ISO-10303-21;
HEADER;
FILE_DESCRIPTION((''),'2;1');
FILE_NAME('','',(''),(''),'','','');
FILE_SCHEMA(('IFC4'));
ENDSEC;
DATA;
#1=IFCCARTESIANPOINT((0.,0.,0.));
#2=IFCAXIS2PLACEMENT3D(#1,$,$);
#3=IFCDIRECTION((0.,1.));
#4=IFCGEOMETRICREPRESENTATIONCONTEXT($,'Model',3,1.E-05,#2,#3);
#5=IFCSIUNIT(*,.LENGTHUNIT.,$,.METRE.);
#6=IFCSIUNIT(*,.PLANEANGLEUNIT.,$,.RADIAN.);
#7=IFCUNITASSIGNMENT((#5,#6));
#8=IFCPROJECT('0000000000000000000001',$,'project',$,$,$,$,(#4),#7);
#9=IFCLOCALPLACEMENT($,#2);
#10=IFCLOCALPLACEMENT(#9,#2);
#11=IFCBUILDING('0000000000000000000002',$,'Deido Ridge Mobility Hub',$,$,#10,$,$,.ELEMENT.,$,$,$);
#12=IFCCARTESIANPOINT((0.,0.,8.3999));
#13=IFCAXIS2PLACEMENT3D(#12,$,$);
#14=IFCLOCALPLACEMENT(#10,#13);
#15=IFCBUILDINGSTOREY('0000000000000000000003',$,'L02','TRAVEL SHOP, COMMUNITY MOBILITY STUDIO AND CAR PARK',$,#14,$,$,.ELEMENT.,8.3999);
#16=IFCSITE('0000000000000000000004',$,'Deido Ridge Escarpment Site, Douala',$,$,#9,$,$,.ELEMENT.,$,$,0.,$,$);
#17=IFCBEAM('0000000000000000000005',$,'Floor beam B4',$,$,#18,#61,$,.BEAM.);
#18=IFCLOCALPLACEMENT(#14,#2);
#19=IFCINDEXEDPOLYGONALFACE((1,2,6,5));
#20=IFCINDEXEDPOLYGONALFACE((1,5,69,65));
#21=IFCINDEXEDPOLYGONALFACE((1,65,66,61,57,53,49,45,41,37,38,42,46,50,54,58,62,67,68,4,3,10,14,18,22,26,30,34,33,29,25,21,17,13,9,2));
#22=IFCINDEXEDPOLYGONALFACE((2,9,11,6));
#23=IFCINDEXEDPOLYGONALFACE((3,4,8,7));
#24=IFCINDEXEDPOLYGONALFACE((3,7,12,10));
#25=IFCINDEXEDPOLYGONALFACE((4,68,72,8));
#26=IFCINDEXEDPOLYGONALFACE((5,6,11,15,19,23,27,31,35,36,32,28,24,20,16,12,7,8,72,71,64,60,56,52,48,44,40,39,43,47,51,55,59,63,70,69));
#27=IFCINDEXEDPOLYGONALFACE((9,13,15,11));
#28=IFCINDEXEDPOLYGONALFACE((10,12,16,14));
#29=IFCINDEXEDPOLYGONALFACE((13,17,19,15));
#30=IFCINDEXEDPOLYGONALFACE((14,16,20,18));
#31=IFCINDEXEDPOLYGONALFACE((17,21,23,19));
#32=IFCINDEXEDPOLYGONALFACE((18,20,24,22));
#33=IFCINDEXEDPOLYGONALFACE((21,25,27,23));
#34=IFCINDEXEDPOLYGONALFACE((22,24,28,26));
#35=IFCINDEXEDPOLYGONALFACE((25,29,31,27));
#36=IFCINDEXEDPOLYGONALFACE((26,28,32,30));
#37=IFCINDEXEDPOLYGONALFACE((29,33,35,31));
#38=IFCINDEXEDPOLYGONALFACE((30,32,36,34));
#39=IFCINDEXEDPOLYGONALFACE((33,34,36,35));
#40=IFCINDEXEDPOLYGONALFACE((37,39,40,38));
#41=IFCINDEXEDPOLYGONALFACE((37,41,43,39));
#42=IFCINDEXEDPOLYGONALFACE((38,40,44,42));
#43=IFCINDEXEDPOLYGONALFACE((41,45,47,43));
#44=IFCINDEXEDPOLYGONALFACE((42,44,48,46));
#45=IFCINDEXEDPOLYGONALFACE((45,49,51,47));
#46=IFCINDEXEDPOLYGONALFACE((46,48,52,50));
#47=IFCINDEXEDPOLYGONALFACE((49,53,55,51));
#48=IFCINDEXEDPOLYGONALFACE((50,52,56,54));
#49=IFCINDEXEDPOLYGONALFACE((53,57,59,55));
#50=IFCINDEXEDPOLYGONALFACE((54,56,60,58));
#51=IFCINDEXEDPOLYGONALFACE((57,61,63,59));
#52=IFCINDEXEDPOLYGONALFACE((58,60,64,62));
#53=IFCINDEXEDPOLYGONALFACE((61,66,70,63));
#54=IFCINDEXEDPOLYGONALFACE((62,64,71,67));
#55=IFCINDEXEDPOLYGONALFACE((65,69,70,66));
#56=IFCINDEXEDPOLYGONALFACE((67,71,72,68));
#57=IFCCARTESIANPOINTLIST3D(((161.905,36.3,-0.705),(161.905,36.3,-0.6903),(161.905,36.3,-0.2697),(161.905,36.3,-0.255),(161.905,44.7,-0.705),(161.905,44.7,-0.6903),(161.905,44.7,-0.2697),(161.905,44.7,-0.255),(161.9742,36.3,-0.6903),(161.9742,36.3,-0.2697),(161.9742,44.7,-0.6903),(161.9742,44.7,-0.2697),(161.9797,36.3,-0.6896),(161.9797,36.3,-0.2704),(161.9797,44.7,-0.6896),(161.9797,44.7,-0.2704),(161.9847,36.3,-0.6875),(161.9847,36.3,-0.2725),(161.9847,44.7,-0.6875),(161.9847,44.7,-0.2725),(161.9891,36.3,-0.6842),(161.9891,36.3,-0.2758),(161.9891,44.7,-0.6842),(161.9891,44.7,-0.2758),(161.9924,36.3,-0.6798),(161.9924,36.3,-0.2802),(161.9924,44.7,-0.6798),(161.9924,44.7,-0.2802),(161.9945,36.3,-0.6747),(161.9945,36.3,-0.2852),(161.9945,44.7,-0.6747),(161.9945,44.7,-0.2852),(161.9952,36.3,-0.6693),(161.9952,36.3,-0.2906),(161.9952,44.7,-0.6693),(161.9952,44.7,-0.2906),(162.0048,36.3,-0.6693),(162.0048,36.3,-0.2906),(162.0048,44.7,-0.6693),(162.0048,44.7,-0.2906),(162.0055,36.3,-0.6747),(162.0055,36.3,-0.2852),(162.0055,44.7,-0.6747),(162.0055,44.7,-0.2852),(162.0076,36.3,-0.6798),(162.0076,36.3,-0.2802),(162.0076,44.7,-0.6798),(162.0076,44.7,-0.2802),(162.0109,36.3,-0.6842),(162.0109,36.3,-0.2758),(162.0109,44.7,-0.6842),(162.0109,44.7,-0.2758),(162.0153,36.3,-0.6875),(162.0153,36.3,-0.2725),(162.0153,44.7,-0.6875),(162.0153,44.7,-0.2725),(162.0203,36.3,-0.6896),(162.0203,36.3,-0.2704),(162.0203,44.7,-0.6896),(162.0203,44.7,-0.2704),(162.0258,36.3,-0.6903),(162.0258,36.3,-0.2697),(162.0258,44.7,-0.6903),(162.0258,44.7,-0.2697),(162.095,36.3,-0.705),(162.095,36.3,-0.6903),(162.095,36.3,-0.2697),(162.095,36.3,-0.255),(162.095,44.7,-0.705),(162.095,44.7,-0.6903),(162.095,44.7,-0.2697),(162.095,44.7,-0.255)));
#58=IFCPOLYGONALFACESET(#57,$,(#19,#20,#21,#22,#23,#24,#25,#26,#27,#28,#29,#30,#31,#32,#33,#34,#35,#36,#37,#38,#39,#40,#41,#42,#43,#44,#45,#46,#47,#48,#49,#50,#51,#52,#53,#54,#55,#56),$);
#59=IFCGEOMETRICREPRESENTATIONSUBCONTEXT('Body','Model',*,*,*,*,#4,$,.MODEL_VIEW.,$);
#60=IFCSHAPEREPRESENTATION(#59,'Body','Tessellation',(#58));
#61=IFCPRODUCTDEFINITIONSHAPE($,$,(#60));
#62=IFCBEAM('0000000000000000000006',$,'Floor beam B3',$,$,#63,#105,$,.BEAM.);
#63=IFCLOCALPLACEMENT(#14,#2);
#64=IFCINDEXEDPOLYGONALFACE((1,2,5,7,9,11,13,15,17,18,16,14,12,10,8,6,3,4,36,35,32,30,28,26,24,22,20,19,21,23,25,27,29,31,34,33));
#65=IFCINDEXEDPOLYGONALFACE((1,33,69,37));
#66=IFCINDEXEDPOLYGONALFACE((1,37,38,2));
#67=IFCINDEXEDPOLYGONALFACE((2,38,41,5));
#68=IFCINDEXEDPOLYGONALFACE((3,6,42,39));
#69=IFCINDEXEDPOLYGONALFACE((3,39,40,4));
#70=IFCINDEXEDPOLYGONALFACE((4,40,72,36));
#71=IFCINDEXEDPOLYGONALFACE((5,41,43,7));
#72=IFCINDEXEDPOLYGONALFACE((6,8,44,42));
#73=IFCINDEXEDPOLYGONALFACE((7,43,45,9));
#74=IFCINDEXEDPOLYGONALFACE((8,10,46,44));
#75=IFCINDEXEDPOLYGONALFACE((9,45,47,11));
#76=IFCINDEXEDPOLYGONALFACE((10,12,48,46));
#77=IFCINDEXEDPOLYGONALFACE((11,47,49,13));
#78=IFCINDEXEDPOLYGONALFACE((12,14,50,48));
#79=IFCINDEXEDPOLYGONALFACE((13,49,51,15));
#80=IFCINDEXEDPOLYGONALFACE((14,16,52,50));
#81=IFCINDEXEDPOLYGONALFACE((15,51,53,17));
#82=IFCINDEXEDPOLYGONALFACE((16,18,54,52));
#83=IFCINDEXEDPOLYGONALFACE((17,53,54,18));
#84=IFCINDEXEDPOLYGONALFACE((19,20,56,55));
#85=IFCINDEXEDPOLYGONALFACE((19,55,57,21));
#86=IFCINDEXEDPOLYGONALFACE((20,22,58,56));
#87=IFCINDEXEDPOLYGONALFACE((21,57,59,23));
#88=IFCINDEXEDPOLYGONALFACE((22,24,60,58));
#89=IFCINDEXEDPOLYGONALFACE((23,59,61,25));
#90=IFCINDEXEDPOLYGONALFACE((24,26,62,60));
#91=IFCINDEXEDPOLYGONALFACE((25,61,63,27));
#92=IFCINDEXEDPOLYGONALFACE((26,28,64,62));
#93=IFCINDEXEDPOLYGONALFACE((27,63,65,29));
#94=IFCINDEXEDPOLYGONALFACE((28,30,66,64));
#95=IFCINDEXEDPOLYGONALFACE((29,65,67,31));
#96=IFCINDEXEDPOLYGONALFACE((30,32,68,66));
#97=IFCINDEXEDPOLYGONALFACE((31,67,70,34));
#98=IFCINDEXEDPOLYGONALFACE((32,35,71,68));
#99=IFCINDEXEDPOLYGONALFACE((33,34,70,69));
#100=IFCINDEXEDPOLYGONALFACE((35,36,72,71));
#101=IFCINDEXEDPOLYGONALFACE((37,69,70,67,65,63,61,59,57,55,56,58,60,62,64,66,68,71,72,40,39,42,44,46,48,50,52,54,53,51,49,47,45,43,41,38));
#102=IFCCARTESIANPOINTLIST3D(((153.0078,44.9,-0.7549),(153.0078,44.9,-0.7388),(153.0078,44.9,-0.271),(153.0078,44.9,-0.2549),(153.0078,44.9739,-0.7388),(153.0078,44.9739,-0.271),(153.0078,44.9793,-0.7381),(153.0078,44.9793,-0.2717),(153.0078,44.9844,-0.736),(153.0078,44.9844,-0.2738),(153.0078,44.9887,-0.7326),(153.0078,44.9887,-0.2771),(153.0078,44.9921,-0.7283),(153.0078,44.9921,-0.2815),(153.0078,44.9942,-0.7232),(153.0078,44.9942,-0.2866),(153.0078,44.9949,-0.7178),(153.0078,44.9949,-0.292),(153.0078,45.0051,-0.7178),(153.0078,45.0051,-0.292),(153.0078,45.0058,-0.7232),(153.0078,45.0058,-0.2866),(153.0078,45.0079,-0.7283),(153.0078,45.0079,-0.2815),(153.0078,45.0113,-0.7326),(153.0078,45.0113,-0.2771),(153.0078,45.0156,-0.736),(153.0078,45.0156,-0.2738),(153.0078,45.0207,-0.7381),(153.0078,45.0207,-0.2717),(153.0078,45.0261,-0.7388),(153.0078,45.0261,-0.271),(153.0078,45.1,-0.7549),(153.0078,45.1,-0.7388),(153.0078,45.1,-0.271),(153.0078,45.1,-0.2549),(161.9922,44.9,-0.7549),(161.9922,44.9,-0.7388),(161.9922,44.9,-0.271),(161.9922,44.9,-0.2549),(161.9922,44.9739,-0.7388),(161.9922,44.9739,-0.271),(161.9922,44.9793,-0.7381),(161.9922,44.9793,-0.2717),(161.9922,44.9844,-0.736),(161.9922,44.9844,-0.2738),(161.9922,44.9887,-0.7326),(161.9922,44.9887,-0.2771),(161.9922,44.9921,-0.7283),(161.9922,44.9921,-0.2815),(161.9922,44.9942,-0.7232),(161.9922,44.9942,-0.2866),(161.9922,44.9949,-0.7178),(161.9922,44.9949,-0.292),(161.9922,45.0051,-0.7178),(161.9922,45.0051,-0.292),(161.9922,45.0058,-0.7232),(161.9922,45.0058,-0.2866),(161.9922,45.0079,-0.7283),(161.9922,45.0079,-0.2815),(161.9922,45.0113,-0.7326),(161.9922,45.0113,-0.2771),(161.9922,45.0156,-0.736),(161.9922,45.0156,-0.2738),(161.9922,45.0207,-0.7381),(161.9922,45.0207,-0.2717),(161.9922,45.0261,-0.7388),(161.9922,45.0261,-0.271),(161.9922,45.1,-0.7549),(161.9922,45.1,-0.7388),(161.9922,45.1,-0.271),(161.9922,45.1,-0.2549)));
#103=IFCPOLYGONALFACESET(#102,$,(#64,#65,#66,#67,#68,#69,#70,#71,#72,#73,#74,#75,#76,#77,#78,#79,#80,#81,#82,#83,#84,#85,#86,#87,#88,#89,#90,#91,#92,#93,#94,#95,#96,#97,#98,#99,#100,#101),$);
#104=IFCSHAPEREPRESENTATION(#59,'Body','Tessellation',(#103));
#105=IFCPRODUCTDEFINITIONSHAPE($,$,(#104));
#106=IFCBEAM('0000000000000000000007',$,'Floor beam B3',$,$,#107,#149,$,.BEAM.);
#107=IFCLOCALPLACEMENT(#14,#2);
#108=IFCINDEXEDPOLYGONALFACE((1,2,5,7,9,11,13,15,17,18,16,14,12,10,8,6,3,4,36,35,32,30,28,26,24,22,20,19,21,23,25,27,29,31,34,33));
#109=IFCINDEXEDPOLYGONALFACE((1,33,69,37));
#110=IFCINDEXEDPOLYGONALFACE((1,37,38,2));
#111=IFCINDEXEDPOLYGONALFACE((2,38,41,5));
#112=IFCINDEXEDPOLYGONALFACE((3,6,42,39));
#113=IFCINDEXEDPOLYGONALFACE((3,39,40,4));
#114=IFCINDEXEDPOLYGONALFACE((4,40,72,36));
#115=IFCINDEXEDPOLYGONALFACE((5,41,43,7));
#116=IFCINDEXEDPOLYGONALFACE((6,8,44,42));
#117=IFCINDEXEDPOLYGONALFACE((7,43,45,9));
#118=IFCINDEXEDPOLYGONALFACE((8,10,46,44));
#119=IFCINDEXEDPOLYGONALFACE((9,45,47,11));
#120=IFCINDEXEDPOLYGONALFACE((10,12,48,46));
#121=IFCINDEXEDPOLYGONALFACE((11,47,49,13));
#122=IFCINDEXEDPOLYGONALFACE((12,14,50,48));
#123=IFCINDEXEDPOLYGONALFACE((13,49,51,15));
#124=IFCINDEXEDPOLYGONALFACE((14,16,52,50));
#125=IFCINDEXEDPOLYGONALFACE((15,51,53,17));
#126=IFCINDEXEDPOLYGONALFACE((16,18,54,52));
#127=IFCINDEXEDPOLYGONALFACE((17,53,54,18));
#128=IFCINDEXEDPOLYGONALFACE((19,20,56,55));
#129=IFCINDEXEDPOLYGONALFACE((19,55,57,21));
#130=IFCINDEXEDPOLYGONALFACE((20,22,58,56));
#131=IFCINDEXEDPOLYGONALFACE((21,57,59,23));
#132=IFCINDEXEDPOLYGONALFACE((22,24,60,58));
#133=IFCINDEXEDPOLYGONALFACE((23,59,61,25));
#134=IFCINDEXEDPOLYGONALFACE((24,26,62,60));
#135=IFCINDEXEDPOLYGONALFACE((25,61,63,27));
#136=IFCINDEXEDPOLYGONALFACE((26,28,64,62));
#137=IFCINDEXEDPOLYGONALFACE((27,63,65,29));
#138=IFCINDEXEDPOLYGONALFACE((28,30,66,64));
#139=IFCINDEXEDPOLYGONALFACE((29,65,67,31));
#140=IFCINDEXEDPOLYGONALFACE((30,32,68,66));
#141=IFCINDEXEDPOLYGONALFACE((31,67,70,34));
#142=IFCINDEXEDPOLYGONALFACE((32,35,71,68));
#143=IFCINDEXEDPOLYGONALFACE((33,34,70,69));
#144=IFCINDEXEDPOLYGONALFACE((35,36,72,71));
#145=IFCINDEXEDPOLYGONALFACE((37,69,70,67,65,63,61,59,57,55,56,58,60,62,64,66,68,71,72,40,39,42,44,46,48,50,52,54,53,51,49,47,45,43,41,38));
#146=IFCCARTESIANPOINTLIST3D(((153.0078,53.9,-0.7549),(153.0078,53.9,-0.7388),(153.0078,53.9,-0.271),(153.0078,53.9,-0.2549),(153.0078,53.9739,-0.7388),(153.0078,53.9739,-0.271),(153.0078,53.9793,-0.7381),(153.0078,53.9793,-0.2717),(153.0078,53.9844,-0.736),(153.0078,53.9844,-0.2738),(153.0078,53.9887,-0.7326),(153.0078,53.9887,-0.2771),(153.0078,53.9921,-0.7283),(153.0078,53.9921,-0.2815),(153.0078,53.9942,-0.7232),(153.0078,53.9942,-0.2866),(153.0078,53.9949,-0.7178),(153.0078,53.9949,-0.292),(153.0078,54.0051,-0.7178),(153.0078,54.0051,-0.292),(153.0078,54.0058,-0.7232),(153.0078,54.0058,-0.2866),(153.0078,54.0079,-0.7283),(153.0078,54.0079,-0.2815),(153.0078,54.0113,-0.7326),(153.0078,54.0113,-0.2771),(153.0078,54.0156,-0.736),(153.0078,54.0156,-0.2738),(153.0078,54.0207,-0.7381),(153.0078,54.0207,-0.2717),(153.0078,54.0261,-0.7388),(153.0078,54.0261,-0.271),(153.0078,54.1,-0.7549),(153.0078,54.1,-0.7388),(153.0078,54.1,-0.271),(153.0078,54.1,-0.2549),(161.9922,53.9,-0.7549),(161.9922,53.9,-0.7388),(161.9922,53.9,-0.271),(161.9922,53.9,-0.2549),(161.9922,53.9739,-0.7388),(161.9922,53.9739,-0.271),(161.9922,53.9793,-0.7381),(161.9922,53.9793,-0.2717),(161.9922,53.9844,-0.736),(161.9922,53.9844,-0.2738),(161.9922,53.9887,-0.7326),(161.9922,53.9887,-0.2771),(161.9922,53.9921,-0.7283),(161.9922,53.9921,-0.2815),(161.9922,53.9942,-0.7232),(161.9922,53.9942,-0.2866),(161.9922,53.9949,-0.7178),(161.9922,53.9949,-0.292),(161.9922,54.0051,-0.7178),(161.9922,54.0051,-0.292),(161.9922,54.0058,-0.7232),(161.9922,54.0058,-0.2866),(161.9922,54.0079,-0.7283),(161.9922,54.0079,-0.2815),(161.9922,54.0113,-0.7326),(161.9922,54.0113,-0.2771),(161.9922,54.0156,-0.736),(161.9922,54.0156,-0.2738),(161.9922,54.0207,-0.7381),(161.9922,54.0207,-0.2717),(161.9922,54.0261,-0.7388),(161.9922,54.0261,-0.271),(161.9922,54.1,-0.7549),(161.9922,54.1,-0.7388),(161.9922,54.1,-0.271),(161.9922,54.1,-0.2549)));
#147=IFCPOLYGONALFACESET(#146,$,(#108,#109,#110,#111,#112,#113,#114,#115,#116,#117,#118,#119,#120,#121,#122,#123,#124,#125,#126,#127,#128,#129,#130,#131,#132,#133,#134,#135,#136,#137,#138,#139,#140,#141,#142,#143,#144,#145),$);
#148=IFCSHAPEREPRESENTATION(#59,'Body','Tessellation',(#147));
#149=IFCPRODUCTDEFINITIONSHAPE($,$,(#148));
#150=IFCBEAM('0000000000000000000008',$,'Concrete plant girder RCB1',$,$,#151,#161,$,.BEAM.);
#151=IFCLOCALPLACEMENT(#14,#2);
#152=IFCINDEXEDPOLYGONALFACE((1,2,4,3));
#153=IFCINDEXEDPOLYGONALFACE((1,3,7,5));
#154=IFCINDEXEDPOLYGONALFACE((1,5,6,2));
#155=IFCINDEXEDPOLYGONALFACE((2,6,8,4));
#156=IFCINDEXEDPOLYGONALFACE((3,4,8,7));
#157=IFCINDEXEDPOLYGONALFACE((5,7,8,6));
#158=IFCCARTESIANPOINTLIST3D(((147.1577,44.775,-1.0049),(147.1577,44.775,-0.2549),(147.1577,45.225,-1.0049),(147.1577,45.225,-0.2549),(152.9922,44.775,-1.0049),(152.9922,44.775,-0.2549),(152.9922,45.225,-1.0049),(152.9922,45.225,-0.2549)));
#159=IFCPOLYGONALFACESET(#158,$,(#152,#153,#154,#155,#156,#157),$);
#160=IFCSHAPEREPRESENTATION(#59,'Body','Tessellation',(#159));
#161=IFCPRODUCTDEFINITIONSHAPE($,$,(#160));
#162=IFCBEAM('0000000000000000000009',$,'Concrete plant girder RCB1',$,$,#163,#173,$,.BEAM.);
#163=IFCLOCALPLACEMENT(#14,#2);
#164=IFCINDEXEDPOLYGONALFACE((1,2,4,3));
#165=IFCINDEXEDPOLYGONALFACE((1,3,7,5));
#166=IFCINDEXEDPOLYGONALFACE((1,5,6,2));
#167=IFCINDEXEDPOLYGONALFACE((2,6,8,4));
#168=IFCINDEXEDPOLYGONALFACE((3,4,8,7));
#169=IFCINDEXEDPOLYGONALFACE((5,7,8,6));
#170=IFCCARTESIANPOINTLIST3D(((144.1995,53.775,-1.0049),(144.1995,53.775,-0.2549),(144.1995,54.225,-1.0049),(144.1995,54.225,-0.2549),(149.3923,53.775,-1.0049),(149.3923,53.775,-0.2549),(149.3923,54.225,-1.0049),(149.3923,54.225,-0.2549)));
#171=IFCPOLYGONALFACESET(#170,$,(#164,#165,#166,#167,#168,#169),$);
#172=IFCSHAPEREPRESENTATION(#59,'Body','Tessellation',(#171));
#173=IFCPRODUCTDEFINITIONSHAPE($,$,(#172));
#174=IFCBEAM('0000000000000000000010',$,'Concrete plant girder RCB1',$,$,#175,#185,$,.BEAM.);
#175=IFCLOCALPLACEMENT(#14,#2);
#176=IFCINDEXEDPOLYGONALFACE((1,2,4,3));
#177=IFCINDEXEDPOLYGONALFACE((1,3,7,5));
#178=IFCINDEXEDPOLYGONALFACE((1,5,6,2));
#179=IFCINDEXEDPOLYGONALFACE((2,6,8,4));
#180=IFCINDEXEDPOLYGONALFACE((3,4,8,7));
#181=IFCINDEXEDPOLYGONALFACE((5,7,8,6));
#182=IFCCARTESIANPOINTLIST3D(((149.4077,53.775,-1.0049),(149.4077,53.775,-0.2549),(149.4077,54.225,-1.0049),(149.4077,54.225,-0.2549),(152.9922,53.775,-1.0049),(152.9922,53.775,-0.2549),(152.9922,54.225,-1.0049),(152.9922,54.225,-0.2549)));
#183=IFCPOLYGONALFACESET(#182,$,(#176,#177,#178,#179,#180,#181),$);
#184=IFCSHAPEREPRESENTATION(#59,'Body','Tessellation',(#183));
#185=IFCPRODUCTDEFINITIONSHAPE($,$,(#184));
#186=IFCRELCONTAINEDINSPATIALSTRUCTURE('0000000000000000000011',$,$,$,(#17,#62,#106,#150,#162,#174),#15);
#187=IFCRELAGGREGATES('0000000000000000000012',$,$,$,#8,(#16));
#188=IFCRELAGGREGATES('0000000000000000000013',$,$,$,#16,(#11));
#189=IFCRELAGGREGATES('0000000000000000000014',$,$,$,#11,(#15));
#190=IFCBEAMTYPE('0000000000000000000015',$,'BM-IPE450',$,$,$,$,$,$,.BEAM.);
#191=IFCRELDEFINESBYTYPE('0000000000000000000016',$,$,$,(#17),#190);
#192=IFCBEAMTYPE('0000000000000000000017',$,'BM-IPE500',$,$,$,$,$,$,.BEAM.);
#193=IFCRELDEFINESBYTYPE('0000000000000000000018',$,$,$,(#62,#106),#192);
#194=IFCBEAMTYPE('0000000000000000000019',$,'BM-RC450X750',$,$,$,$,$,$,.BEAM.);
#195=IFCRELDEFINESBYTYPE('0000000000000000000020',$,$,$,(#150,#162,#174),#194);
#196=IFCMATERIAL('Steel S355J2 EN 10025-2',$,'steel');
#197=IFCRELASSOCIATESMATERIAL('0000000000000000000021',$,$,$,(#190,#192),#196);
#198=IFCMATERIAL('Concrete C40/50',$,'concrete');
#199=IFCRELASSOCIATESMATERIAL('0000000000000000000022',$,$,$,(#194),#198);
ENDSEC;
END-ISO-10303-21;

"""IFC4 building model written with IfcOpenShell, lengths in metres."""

from ifc_helpers import new_model, si_unit, direction, frame, origin, origin_2d, place, context, subcontext, project, spatial, rectangle, i_section, extrude, material, material_profile, profile_set, type_object, element, save


model = new_model("IFC4")

# Units and contexts
model_context = context("Model", 3, precision=1e-05, world=origin(), true_north=direction((0.0, 1.0)))
body_context = subcontext(model_context, "Body", "Model", "MODEL_VIEW")
ifc_project = project(units=[si_unit("LENGTHUNIT", "METRE"), si_unit("PLANEANGLEUNIT", "RADIAN")], contexts=[model_context])

# Site, building, storey
site_placement = place(None, origin())
site = spatial("IfcSite", under=ifc_project, at=site_placement, Name="Deido Ridge Escarpment Site, Douala", CompositionType="ELEMENT", RefElevation=0.0)
building_placement = place(site_placement, origin())
building = spatial("IfcBuilding", under=site, at=building_placement, Name="Deido Ridge Mobility Hub", CompositionType="ELEMENT")
storey_placement = place(building_placement, frame((0.0, 0.0, 8.3999)))
storey = spatial("IfcBuildingStorey", under=building, at=storey_placement, Name="L02", Description="TRAVEL SHOP, COMMUNITY MOBILITY STUDIO AND CAR PARK", CompositionType="ELEMENT", Elevation=8.3999)

# Shared definitions
ifc_material_1 = material(Name="Steel S355J2 EN 10025-2", Category="steel")

# Beams
ifc_material_profile_1 = material_profile(ifc_material_1, i_section(OverallWidth=0.1899, OverallDepth=0.45, WebThickness=0.0095, FlangeThickness=0.0146, FilletRadius=0.021, at=origin_2d()), Name="IPE 450")
ifc_profile_set_1 = profile_set([ifc_material_profile_1], Name="Steel S355J2 EN 10025-2")
beam_type_1 = type_object("IfcBeamType", Name="BM-IPE450", PredefinedType="BEAM", material=ifc_profile_set_1)
beam_1_placement = place(storey_placement, frame((162.0, 36.3, -0.48), z_axis=(0.0, 1.0, 0.0), x_axis=(-1.0, 0.0, 0.0)))
element("IfcBeam", 1, at=beam_1_placement, inside=storey, type_object=beam_type_1, Name="Floor beam B4", PredefinedType="BEAM", context=body_context, shape_type="SweptSolid", body=[
    extrude(i_section(OverallWidth=0.1899, OverallDepth=0.45, WebThickness=0.0095, FlangeThickness=0.0146, FilletRadius=0.021, at=origin_2d()), origin(), (0.0, 0.0, 1.0), 8.3999),
])
ifc_material_profile_2 = material_profile(ifc_material_1, i_section(OverallWidth=0.2, OverallDepth=0.5, WebThickness=0.0103, FlangeThickness=0.0161, FilletRadius=0.021, at=origin_2d()), Name="IPE 500")
ifc_profile_set_2 = profile_set([ifc_material_profile_2], Name="Steel S355J2 EN 10025-2")
beam_type_2 = type_object("IfcBeamType", Name="BM-IPE500", PredefinedType="BEAM", material=ifc_profile_set_2)
for number, where, z_axis, x_axis, name in (
    (2, (153.0078, 45.0, -0.5049), (1.0, 0.0, 0.0), (0.0, 1.0, 0.0), "Floor beam B3"),
    (3, (153.0078, 54.0, -0.5049), (1.0, 0.0, 0.0), (0.0, 1.0, 0.0), "Floor beam B3"),
):
    element("IfcBeam", number, at=place(storey_placement, frame(where, z_axis=z_axis, x_axis=x_axis)), inside=storey, type_object=beam_type_2, Name=name, PredefinedType="BEAM", context=body_context, shape_type="SweptSolid", body=[
        extrude(i_section(OverallWidth=0.2, OverallDepth=0.5, WebThickness=0.0103, FlangeThickness=0.0161, FilletRadius=0.021, at=origin_2d()), origin(), (0.0, 0.0, 1.0), 8.9844),
    ])
ifc_material_2 = material(Name="Concrete C40/50", Category="concrete")
ifc_material_profile_3 = material_profile(ifc_material_2, rectangle(XDim=0.45, YDim=0.75, at=origin_2d()), Name="RC BEAM 450x750")
ifc_profile_set_3 = profile_set([ifc_material_profile_3], Name="Concrete C40/50")
beam_type_3 = type_object("IfcBeamType", Name="BM-RC450X750", PredefinedType="BEAM", material=ifc_profile_set_3)
beam_2_placement = place(storey_placement, frame((147.1577, 45.0, -0.6299), z_axis=(1.0, 0.0, 0.0), x_axis=(0.0, 1.0, 0.0)))
element("IfcBeam", 4, at=beam_2_placement, inside=storey, type_object=beam_type_3, Name="Concrete plant girder RCB1", PredefinedType="BEAM", context=body_context, shape_type="SweptSolid", body=[
    extrude(rectangle(XDim=0.45, YDim=0.75, at=origin_2d()), origin(), (0.0, 0.0, 1.0), 5.8345),
])
beam_3_placement = place(storey_placement, frame((144.1995, 54.0, -0.6299), z_axis=(1.0, 0.0, 0.0), x_axis=(0.0, 1.0, 0.0)))
element("IfcBeam", 5, at=beam_3_placement, inside=storey, type_object=beam_type_3, Name="Concrete plant girder RCB1", PredefinedType="BEAM", context=body_context, shape_type="SweptSolid", body=[
    extrude(rectangle(XDim=0.45, YDim=0.75, at=origin_2d()), origin(), (0.0, 0.0, 1.0), 5.1929),
])
beam_4_placement = place(storey_placement, frame((149.4077, 54.0, -0.6299), z_axis=(1.0, 0.0, 0.0), x_axis=(0.0, 1.0, 0.0)))
element("IfcBeam", 6, at=beam_4_placement, inside=storey, type_object=beam_type_3, Name="Concrete plant girder RCB1", PredefinedType="BEAM", context=body_context, shape_type="SweptSolid", body=[
    extrude(rectangle(XDim=0.45, YDim=0.75, at=origin_2d()), origin(), (0.0, 0.0, 1.0), 3.5845),
])

save(model, "model.ifc")
